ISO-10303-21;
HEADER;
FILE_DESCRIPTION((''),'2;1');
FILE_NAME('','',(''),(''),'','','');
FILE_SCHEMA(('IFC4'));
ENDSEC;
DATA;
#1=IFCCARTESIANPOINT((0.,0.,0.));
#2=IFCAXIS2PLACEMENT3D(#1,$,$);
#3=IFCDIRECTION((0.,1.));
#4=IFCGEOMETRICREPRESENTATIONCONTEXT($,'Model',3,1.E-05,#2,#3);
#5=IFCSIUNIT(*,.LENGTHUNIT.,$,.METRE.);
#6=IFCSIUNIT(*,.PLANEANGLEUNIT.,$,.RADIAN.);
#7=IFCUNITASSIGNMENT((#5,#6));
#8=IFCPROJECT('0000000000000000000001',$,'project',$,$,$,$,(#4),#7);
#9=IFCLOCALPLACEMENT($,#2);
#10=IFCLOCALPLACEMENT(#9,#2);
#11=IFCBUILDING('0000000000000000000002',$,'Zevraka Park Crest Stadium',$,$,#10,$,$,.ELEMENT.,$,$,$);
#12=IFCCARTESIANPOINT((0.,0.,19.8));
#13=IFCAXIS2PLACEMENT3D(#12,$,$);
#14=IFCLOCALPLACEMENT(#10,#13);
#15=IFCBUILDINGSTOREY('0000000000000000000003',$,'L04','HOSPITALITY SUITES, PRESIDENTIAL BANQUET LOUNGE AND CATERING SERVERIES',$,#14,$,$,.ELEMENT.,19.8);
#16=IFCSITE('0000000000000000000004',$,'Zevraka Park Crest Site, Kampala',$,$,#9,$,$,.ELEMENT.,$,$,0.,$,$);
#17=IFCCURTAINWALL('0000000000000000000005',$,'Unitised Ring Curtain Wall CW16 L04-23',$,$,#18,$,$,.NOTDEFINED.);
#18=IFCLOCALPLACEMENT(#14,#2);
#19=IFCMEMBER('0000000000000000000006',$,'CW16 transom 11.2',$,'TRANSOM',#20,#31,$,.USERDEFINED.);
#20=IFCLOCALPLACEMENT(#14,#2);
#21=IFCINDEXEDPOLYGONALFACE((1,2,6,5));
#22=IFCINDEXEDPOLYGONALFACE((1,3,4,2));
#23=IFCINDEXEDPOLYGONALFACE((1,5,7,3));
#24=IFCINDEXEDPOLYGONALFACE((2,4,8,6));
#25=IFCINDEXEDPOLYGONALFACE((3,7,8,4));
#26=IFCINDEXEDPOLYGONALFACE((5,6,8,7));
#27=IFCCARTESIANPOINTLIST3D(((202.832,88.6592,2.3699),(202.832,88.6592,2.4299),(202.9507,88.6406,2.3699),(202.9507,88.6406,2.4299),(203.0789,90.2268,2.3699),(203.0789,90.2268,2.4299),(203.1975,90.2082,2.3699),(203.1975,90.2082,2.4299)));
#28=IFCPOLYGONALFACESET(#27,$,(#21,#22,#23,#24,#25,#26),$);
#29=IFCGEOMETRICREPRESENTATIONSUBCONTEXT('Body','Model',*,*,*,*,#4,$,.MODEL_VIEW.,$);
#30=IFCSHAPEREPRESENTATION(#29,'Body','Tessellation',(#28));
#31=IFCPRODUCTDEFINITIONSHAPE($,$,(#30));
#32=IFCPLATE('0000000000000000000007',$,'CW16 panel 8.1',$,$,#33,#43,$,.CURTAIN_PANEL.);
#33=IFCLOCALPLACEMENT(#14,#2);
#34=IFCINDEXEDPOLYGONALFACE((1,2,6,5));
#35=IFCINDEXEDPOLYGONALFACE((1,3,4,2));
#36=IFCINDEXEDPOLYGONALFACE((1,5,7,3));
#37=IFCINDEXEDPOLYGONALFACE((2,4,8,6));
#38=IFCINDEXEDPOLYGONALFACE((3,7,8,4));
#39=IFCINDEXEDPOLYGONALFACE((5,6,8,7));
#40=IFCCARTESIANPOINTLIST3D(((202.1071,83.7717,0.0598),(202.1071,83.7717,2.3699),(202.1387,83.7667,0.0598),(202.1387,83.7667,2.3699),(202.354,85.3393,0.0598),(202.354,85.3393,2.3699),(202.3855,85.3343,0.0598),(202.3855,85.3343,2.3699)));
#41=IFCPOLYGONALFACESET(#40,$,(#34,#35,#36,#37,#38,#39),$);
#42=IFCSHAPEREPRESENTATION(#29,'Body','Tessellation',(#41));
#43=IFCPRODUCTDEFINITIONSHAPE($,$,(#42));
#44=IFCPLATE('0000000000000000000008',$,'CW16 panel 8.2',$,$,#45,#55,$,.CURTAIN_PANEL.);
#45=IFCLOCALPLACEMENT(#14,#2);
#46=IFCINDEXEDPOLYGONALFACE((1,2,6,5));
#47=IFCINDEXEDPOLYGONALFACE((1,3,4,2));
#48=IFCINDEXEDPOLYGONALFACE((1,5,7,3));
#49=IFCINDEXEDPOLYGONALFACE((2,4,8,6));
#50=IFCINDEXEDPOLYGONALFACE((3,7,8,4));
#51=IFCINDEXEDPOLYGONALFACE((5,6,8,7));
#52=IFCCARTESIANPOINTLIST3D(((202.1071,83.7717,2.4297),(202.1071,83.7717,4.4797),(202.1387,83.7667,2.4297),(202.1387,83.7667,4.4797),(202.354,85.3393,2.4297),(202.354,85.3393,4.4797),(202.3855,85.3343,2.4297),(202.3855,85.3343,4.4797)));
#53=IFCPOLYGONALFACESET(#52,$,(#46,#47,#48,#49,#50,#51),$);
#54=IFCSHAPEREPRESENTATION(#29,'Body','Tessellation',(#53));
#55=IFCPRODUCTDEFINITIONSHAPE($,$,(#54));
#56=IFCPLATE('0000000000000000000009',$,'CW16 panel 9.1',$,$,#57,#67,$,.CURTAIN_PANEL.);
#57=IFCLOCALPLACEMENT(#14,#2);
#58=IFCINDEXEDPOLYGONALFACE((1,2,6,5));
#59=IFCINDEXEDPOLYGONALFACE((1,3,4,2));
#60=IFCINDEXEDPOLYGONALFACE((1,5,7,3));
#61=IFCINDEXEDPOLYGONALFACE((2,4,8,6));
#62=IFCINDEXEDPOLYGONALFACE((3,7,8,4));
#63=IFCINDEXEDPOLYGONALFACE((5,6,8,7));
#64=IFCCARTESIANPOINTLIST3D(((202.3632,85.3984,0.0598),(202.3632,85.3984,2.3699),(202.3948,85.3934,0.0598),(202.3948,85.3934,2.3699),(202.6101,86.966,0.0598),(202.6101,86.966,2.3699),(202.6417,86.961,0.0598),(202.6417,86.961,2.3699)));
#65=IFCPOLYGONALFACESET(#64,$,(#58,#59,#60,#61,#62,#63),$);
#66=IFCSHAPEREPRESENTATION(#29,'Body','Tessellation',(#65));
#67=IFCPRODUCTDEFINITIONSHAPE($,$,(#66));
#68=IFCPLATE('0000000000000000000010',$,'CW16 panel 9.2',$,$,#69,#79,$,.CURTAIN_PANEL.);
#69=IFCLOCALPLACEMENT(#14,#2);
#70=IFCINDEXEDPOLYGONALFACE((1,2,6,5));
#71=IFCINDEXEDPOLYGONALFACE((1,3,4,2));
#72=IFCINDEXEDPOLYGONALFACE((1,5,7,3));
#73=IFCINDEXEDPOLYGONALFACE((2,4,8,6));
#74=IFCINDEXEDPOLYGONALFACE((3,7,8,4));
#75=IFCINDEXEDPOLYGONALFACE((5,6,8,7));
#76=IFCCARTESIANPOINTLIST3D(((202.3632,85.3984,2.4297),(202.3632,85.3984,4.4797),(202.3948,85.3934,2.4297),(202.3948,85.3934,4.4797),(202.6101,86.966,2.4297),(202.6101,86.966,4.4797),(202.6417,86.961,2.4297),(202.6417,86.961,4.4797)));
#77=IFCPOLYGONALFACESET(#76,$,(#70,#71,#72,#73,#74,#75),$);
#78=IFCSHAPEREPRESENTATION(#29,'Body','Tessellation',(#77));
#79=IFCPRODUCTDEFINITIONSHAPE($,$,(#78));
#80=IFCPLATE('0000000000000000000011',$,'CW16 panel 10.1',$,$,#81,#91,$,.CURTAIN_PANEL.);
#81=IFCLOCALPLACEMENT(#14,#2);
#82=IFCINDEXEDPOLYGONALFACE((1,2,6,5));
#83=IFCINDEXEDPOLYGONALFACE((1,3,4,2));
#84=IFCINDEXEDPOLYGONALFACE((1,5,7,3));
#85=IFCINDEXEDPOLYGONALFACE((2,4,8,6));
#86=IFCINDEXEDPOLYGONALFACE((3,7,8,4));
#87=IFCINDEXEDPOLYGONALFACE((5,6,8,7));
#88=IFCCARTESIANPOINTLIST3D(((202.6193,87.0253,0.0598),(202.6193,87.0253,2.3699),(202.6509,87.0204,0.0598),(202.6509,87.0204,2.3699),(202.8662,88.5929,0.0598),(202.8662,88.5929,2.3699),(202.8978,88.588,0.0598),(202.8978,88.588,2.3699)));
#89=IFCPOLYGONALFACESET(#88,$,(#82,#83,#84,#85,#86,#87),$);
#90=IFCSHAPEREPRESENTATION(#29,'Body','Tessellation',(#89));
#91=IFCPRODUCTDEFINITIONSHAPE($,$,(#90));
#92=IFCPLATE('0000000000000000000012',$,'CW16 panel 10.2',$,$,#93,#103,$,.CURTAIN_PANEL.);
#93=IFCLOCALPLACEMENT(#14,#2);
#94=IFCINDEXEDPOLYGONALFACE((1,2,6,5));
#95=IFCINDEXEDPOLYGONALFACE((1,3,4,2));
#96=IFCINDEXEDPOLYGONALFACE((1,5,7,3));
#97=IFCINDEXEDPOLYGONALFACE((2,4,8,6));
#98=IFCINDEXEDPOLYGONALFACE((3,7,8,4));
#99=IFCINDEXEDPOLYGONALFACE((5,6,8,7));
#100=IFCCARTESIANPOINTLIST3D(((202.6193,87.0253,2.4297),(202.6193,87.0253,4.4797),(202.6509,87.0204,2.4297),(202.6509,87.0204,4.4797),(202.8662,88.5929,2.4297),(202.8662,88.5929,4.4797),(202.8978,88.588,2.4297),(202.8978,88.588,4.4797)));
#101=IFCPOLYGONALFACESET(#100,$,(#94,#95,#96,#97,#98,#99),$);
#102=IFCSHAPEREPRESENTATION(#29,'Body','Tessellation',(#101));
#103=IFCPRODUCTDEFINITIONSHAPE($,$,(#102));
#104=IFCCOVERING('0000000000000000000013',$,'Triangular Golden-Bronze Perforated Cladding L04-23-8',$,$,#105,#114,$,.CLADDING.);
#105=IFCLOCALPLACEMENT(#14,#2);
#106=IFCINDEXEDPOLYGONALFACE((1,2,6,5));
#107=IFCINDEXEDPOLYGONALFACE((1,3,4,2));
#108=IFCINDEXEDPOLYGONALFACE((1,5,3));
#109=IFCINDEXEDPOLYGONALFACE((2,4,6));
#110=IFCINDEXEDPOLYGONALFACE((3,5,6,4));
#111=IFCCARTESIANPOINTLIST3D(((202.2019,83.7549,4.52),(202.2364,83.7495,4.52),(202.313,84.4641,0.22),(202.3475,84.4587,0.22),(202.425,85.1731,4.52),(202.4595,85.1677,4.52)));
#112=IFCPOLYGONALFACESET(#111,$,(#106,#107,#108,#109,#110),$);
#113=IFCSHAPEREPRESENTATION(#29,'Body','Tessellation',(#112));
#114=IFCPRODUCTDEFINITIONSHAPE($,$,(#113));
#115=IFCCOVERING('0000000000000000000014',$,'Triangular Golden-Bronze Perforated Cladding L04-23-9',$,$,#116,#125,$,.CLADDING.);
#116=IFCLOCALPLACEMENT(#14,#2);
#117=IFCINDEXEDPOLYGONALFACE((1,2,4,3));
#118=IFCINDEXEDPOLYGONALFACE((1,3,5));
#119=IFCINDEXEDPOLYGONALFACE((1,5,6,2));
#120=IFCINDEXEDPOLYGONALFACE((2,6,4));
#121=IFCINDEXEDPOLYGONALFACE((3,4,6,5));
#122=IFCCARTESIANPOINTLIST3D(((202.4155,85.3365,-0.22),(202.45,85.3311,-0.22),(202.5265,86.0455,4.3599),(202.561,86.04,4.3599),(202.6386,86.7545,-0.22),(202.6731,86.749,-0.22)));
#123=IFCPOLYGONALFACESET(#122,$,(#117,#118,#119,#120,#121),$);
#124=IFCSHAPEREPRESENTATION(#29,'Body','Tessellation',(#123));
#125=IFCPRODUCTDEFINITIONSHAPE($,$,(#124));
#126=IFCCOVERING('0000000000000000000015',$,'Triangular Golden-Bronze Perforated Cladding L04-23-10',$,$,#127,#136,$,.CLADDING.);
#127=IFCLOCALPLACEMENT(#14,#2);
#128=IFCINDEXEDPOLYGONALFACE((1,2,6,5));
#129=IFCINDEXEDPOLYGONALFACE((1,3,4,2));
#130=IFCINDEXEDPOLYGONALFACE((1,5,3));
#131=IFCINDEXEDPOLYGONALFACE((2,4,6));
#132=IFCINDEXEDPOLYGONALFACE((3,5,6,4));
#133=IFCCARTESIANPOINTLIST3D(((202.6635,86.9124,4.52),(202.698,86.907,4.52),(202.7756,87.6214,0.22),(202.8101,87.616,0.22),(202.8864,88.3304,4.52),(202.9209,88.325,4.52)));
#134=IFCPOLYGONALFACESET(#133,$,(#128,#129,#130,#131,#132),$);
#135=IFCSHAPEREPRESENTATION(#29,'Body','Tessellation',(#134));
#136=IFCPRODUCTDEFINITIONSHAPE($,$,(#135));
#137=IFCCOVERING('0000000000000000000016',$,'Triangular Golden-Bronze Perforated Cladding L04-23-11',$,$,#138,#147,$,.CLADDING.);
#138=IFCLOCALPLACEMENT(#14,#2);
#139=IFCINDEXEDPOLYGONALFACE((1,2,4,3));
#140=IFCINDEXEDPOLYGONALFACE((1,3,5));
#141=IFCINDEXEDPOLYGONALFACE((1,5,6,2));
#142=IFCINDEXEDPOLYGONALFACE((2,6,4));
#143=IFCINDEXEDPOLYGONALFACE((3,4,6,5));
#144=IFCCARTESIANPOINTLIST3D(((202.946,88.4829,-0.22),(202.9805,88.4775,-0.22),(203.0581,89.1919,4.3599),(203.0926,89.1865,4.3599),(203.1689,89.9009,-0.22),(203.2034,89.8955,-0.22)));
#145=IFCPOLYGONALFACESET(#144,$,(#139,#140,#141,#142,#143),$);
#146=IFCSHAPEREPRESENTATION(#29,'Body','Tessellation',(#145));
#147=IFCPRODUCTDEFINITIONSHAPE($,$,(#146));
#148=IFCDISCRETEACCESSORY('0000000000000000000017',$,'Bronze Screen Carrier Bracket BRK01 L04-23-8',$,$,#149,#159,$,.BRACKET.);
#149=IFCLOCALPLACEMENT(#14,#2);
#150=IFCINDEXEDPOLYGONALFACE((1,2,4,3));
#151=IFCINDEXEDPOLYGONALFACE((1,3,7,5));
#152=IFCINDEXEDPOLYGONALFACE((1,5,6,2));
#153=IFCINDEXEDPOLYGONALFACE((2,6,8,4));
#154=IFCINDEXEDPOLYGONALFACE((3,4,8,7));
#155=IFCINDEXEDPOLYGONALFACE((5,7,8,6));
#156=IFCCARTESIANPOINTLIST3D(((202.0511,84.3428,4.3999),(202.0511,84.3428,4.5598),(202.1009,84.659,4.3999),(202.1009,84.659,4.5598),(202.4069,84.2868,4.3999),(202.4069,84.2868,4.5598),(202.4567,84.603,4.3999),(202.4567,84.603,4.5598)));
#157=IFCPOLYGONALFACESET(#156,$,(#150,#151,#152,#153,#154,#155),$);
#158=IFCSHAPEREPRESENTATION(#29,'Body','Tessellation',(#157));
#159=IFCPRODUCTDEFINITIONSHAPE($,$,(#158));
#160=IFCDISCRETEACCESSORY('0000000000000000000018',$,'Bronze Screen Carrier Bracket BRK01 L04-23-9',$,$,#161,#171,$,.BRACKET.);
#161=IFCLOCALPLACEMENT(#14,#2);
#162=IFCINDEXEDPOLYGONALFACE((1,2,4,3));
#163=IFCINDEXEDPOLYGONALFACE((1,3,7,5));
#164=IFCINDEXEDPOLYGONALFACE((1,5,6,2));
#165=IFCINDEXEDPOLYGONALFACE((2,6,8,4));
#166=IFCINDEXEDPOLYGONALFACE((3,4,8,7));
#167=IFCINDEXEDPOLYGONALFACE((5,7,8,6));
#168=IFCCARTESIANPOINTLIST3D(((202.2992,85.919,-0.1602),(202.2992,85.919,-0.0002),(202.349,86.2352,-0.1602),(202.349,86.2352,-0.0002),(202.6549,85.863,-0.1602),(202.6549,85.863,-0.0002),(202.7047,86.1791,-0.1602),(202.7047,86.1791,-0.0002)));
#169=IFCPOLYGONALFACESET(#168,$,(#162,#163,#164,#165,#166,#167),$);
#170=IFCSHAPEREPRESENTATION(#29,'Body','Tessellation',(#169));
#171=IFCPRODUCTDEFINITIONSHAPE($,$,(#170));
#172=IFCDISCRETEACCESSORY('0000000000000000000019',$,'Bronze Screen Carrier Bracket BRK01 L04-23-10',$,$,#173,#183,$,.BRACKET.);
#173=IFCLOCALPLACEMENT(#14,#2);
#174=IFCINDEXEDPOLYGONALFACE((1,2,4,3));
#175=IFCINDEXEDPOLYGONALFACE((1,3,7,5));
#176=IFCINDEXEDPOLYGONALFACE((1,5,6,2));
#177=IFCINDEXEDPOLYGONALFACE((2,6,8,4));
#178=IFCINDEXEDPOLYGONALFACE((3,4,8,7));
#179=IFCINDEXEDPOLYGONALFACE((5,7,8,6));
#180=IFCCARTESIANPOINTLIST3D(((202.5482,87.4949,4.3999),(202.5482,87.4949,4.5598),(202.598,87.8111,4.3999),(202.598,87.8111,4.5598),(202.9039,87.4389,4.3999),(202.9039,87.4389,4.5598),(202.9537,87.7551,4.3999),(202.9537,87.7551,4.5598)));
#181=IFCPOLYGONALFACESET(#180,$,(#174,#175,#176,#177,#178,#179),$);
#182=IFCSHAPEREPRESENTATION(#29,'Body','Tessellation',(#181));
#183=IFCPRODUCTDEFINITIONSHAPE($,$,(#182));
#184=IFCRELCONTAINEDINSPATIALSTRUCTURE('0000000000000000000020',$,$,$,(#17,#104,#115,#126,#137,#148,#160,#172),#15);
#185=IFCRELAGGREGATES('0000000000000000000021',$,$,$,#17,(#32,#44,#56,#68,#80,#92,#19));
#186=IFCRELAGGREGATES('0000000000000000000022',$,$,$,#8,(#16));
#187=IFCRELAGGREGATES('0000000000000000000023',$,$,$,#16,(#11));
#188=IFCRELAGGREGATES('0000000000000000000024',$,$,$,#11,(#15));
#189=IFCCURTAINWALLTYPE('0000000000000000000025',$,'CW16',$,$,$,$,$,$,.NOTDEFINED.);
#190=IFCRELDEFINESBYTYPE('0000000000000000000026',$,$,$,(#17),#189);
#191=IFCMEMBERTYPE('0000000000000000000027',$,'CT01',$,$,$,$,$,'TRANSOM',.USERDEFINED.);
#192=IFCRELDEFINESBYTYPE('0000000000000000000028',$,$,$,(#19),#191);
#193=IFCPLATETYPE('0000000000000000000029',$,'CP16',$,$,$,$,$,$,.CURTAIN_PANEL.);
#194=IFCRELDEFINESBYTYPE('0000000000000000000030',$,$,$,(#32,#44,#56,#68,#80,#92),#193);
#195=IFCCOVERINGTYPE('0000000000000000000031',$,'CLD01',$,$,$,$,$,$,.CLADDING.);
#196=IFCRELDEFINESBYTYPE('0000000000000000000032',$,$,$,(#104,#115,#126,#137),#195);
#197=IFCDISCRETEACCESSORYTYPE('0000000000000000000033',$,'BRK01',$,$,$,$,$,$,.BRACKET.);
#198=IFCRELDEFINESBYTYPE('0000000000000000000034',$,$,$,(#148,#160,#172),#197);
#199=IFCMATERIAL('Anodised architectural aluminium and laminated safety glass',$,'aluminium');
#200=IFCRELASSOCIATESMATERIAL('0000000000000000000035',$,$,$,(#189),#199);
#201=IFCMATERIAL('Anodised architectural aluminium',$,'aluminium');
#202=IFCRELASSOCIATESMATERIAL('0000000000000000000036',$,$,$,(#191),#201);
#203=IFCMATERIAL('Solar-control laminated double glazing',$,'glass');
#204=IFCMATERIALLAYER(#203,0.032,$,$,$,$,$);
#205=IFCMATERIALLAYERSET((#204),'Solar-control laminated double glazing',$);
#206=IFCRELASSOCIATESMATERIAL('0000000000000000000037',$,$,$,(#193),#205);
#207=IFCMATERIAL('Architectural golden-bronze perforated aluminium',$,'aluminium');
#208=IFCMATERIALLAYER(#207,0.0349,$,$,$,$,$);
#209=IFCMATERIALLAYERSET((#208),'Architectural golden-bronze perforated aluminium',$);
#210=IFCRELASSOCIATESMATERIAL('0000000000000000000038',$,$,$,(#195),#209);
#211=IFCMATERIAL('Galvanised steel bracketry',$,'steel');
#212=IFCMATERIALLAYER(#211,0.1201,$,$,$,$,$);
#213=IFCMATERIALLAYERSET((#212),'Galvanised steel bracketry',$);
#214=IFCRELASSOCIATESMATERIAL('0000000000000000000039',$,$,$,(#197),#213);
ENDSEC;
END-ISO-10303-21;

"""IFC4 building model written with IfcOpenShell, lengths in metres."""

from ifc_helpers import new_model, si_unit, direction, frame, origin, origin_2d, place, context, subcontext, project, spatial, polyline, rectangle, outline, extrude, material, layer, layer_set, material_profile, profile_set, type_object, element, aggregate, save


model = new_model("IFC4")

# Units and contexts
model_context = context("Model", 3, precision=1e-05, world=origin(), true_north=direction((0.0, 1.0)))
body_context = subcontext(model_context, "Body", "Model", "MODEL_VIEW")
ifc_project = project(units=[si_unit("LENGTHUNIT", "METRE"), si_unit("PLANEANGLEUNIT", "RADIAN")], contexts=[model_context])

# Site, building, storey
site_placement = place(None, origin())
site = spatial("IfcSite", under=ifc_project, at=site_placement, Name="Zevraka Park Crest Site, Kampala", CompositionType="ELEMENT", RefElevation=0.0)
building_placement = place(site_placement, origin())
building = spatial("IfcBuilding", under=site, at=building_placement, Name="Zevraka Park Crest Stadium", CompositionType="ELEMENT")
storey_placement = place(building_placement, frame((0.0, 0.0, 19.8)))
storey = spatial("IfcBuildingStorey", under=building, at=storey_placement, Name="L04", Description="HOSPITALITY SUITES, PRESIDENTIAL BANQUET LOUNGE AND CATERING SERVERIES", CompositionType="ELEMENT", Elevation=19.8)

# Curtain wall, member, plates
ifc_material_1 = material(Name="Anodised architectural aluminium and laminated safety glass", Category="aluminium")
curtain_wall_type = type_object("IfcCurtainWallType", Name="CW16", PredefinedType="NOTDEFINED", material=ifc_material_1)
curtain_wall_placement = place(storey_placement, origin())
curtain_wall = element("IfcCurtainWall", 1, at=curtain_wall_placement, inside=storey, type_object=curtain_wall_type, Name="Unitised Ring Curtain Wall CW16 L04-23", PredefinedType="NOTDEFINED")
ifc_material_2 = material(Name="Anodised architectural aluminium", Category="aluminium")
ifc_material_profile_1 = material_profile(ifc_material_2, rectangle(XDim=0.1201, YDim=0.0601, at=origin_2d()), Name="ALU TRANSOM 120x60")
ifc_profile_set_1 = profile_set([ifc_material_profile_1], Name="Anodised architectural aluminium")
member_type_1 = type_object("IfcMemberType", Name="CT01", ElementType="TRANSOM", PredefinedType="USERDEFINED", material=ifc_profile_set_1)
member_1_placement = place(storey_placement, frame((202.8914, 88.6499, 2.3999), z_axis=(0.155536, 0.98783, 0.0), x_axis=(-0.98783, 0.155536, 0.0)))
member_1 = element("IfcMember", 2, at=member_1_placement, type_object=member_type_1, Name="CW16 transom 11.2", ObjectType="TRANSOM", PredefinedType="USERDEFINED", context=body_context, shape_type="SweptSolid", body=[
    extrude(rectangle(XDim=0.1201, YDim=0.0601, at=origin_2d()), origin(), (0.0, 0.0, 1.0), 1.5869),
])
ifc_material_3 = material(Name="Solar-control laminated double glazing", Category="glass")
ifc_layer_1 = layer(ifc_material_3, 0.032)
ifc_layer_set_1 = layer_set([ifc_layer_1], Name="Solar-control laminated double glazing")
plate_type = type_object("IfcPlateType", Name="CP16", PredefinedType="CURTAIN_PANEL", material=ifc_layer_set_1)
plate_1_placement = place(storey_placement, frame((202.2463, 84.553, 0.0598), z_axis=(0.0, 0.0, 1.0), x_axis=(0.155539, 0.98783, 0.0)))
plate_1 = element("IfcPlate", 3, at=plate_1_placement, type_object=plate_type, Name="CW16 panel 8.1", PredefinedType="CURTAIN_PANEL", context=body_context, shape_type="SweptSolid", body=[
    extrude(rectangle(XDim=1.5869, YDim=0.032, at=origin_2d()), origin(), (0.0, 0.0, 1.0), 2.3101),
])
plate_2_placement = place(storey_placement, frame((202.2463, 84.553, 2.4297), z_axis=(0.0, 0.0, 1.0), x_axis=(0.155539, 0.98783, 0.0)))
plate_2 = element("IfcPlate", 4, at=plate_2_placement, type_object=plate_type, Name="CW16 panel 8.2", PredefinedType="CURTAIN_PANEL", context=body_context, shape_type="SweptSolid", body=[
    extrude(rectangle(XDim=1.5869, YDim=0.032, at=origin_2d()), origin(), (0.0, 0.0, 1.0), 2.05),
])
plate_3_placement = place(storey_placement, frame((202.5024, 86.1797, 0.0598), z_axis=(0.0, 0.0, 1.0), x_axis=(0.155539, 0.98783, 0.0)))
plate_3 = element("IfcPlate", 5, at=plate_3_placement, type_object=plate_type, Name="CW16 panel 9.1", PredefinedType="CURTAIN_PANEL", context=body_context, shape_type="SweptSolid", body=[
    extrude(rectangle(XDim=1.5869, YDim=0.032, at=origin_2d()), origin(), (0.0, 0.0, 1.0), 2.3101),
])
plate_4_placement = place(storey_placement, frame((202.5024, 86.1797, 2.4297), z_axis=(0.0, 0.0, 1.0), x_axis=(0.155539, 0.98783, 0.0)))
plate_4 = element("IfcPlate", 6, at=plate_4_placement, type_object=plate_type, Name="CW16 panel 9.2", PredefinedType="CURTAIN_PANEL", context=body_context, shape_type="SweptSolid", body=[
    extrude(rectangle(XDim=1.5869, YDim=0.032, at=origin_2d()), origin(), (0.0, 0.0, 1.0), 2.05),
])
plate_5_placement = place(storey_placement, frame((202.7585, 87.8066, 0.0598), z_axis=(0.0, 0.0, 1.0), x_axis=(0.155539, 0.98783, 0.0)))
plate_5 = element("IfcPlate", 7, at=plate_5_placement, type_object=plate_type, Name="CW16 panel 10.1", PredefinedType="CURTAIN_PANEL", context=body_context, shape_type="SweptSolid", body=[
    extrude(rectangle(XDim=1.5869, YDim=0.032, at=origin_2d()), origin(), (0.0, 0.0, 1.0), 2.3101),
])
plate_6_placement = place(storey_placement, frame((202.7585, 87.8066, 2.4297), z_axis=(0.0, 0.0, 1.0), x_axis=(0.155539, 0.98783, 0.0)))
plate_6 = element("IfcPlate", 8, at=plate_6_placement, type_object=plate_type, Name="CW16 panel 10.2", PredefinedType="CURTAIN_PANEL", context=body_context, shape_type="SweptSolid", body=[
    extrude(rectangle(XDim=1.5869, YDim=0.032, at=origin_2d()), origin(), (0.0, 0.0, 1.0), 2.05),
])
aggregate(curtain_wall, [plate_1, plate_2, plate_3, plate_4, plate_5, plate_6, member_1])

# Coverings
ifc_material_4 = material(Name="Architectural golden-bronze perforated aluminium", Category="aluminium")
ifc_layer_2 = layer(ifc_material_4, 0.0349)
ifc_layer_set_2 = layer_set([ifc_layer_2], Name="Architectural golden-bronze perforated aluminium")
covering_type = type_object("IfcCoveringType", Name="CLD01", PredefinedType="CLADDING", material=ifc_layer_set_2)
covering_1_placement = place(storey_placement, frame((202.425, 85.1731, 4.52), z_axis=(-0.987847, 0.15543, 0.000117), x_axis=(-0.15543, -0.987847, 0.0)))
element("IfcCovering", 9, at=covering_1_placement, inside=storey, type_object=covering_type, Name="Triangular Golden-Bronze Perforated Cladding L04-23-8", PredefinedType="CLADDING", context=body_context, shape_type="SweptSolid", body=[
    extrude(outline(polyline([(0.0, 0.0), (1.4357, 0.0), (0.7178, -4.3), (0.0, 0.0)])), origin(), (0.0, 0.0, -1.0), 0.0349),
])
covering_2_placement = place(storey_placement, frame((202.45, 85.3311, -0.22), z_axis=(0.987843, -0.155456, 0.000105), x_axis=(0.155456, 0.987843, 0.0)))
element("IfcCovering", 10, at=covering_2_placement, inside=storey, type_object=covering_type, Name="Triangular Golden-Bronze Perforated Cladding L04-23-9", PredefinedType="CLADDING", context=body_context, shape_type="SweptSolid", body=[
    extrude(outline(polyline([(0.0, 0.0), (1.4354, 0.0), (0.7176, 4.5798), (0.0, 0.0)])), origin(), (0.0, 0.0, -1.0), 0.0349),
])
covering_3_placement = place(storey_placement, frame((202.9209, 88.325, 4.52), z_axis=(0.987869, -0.15529, 0.00014), x_axis=(-0.15529, -0.987869, 0.0)))
element("IfcCovering", 11, at=covering_3_placement, inside=storey, type_object=covering_type, Name="Triangular Golden-Bronze Perforated Cladding L04-23-10", PredefinedType="CLADDING", context=body_context, shape_type="SweptSolid", body=[
    extrude(outline(polyline([(0.0, 0.0), (1.4354, 0.0), (0.7176, 4.3), (0.0, 0.0)])), origin(), (0.0, 0.0, -1.0), 0.0349),
])
covering_4_placement = place(storey_placement, frame((202.946, 88.4829, -0.22), z_axis=(-0.987869, 0.15529, 0.000132), x_axis=(0.15529, 0.987869, 0.0)))
element("IfcCovering", 12, at=covering_4_placement, inside=storey, type_object=covering_type, Name="Triangular Golden-Bronze Perforated Cladding L04-23-11", PredefinedType="CLADDING", context=body_context, shape_type="SweptSolid", body=[
    extrude(outline(polyline([(0.0, 0.0), (1.4354, 0.0), (0.7178, -4.5798), (0.0, 0.0)])), origin(), (0.0, 0.0, -1.0), 0.0349),
])

# Discrete accessories
ifc_material_5 = material(Name="Galvanised steel bracketry", Category="steel")
ifc_layer_3 = layer(ifc_material_5, 0.1201)
ifc_layer_set_3 = layer_set([ifc_layer_3], Name="Galvanised steel bracketry")
discrete_accessory_type = type_object("IfcDiscreteAccessoryType", Name="BRK01", PredefinedType="BRACKET", material=ifc_layer_set_3)
for number, where, z_axis, x_axis, name in (
    (13, (202.2539, 84.4729, 4.3999), (0.0, 0.0, 1.0), (0.155572, 0.987824, 0.0), "Bronze Screen Carrier Bracket BRK01 L04-23-8"),
    (14, (202.502, 86.0491, -0.1602), (0.0, 0.0, 1.0), (0.155572, 0.987824, 0.0), "Bronze Screen Carrier Bracket BRK01 L04-23-9"),
    (15, (202.751, 87.625, 4.3999), (0.0, 0.0, 1.0), (0.155572, 0.987824, 0.0), "Bronze Screen Carrier Bracket BRK01 L04-23-10"),
):
    element("IfcDiscreteAccessory", number, at=place(storey_placement, frame(where, z_axis=z_axis, x_axis=x_axis)), inside=storey, type_object=discrete_accessory_type, Name=name, PredefinedType="BRACKET", context=body_context, shape_type="SweptSolid", body=[
        extrude(rectangle(XDim=0.3201, YDim=0.3601, at=origin_2d()), origin(), (0.0, 0.0, 1.0), 0.1599),
    ])

save(model, "model.ifc")
